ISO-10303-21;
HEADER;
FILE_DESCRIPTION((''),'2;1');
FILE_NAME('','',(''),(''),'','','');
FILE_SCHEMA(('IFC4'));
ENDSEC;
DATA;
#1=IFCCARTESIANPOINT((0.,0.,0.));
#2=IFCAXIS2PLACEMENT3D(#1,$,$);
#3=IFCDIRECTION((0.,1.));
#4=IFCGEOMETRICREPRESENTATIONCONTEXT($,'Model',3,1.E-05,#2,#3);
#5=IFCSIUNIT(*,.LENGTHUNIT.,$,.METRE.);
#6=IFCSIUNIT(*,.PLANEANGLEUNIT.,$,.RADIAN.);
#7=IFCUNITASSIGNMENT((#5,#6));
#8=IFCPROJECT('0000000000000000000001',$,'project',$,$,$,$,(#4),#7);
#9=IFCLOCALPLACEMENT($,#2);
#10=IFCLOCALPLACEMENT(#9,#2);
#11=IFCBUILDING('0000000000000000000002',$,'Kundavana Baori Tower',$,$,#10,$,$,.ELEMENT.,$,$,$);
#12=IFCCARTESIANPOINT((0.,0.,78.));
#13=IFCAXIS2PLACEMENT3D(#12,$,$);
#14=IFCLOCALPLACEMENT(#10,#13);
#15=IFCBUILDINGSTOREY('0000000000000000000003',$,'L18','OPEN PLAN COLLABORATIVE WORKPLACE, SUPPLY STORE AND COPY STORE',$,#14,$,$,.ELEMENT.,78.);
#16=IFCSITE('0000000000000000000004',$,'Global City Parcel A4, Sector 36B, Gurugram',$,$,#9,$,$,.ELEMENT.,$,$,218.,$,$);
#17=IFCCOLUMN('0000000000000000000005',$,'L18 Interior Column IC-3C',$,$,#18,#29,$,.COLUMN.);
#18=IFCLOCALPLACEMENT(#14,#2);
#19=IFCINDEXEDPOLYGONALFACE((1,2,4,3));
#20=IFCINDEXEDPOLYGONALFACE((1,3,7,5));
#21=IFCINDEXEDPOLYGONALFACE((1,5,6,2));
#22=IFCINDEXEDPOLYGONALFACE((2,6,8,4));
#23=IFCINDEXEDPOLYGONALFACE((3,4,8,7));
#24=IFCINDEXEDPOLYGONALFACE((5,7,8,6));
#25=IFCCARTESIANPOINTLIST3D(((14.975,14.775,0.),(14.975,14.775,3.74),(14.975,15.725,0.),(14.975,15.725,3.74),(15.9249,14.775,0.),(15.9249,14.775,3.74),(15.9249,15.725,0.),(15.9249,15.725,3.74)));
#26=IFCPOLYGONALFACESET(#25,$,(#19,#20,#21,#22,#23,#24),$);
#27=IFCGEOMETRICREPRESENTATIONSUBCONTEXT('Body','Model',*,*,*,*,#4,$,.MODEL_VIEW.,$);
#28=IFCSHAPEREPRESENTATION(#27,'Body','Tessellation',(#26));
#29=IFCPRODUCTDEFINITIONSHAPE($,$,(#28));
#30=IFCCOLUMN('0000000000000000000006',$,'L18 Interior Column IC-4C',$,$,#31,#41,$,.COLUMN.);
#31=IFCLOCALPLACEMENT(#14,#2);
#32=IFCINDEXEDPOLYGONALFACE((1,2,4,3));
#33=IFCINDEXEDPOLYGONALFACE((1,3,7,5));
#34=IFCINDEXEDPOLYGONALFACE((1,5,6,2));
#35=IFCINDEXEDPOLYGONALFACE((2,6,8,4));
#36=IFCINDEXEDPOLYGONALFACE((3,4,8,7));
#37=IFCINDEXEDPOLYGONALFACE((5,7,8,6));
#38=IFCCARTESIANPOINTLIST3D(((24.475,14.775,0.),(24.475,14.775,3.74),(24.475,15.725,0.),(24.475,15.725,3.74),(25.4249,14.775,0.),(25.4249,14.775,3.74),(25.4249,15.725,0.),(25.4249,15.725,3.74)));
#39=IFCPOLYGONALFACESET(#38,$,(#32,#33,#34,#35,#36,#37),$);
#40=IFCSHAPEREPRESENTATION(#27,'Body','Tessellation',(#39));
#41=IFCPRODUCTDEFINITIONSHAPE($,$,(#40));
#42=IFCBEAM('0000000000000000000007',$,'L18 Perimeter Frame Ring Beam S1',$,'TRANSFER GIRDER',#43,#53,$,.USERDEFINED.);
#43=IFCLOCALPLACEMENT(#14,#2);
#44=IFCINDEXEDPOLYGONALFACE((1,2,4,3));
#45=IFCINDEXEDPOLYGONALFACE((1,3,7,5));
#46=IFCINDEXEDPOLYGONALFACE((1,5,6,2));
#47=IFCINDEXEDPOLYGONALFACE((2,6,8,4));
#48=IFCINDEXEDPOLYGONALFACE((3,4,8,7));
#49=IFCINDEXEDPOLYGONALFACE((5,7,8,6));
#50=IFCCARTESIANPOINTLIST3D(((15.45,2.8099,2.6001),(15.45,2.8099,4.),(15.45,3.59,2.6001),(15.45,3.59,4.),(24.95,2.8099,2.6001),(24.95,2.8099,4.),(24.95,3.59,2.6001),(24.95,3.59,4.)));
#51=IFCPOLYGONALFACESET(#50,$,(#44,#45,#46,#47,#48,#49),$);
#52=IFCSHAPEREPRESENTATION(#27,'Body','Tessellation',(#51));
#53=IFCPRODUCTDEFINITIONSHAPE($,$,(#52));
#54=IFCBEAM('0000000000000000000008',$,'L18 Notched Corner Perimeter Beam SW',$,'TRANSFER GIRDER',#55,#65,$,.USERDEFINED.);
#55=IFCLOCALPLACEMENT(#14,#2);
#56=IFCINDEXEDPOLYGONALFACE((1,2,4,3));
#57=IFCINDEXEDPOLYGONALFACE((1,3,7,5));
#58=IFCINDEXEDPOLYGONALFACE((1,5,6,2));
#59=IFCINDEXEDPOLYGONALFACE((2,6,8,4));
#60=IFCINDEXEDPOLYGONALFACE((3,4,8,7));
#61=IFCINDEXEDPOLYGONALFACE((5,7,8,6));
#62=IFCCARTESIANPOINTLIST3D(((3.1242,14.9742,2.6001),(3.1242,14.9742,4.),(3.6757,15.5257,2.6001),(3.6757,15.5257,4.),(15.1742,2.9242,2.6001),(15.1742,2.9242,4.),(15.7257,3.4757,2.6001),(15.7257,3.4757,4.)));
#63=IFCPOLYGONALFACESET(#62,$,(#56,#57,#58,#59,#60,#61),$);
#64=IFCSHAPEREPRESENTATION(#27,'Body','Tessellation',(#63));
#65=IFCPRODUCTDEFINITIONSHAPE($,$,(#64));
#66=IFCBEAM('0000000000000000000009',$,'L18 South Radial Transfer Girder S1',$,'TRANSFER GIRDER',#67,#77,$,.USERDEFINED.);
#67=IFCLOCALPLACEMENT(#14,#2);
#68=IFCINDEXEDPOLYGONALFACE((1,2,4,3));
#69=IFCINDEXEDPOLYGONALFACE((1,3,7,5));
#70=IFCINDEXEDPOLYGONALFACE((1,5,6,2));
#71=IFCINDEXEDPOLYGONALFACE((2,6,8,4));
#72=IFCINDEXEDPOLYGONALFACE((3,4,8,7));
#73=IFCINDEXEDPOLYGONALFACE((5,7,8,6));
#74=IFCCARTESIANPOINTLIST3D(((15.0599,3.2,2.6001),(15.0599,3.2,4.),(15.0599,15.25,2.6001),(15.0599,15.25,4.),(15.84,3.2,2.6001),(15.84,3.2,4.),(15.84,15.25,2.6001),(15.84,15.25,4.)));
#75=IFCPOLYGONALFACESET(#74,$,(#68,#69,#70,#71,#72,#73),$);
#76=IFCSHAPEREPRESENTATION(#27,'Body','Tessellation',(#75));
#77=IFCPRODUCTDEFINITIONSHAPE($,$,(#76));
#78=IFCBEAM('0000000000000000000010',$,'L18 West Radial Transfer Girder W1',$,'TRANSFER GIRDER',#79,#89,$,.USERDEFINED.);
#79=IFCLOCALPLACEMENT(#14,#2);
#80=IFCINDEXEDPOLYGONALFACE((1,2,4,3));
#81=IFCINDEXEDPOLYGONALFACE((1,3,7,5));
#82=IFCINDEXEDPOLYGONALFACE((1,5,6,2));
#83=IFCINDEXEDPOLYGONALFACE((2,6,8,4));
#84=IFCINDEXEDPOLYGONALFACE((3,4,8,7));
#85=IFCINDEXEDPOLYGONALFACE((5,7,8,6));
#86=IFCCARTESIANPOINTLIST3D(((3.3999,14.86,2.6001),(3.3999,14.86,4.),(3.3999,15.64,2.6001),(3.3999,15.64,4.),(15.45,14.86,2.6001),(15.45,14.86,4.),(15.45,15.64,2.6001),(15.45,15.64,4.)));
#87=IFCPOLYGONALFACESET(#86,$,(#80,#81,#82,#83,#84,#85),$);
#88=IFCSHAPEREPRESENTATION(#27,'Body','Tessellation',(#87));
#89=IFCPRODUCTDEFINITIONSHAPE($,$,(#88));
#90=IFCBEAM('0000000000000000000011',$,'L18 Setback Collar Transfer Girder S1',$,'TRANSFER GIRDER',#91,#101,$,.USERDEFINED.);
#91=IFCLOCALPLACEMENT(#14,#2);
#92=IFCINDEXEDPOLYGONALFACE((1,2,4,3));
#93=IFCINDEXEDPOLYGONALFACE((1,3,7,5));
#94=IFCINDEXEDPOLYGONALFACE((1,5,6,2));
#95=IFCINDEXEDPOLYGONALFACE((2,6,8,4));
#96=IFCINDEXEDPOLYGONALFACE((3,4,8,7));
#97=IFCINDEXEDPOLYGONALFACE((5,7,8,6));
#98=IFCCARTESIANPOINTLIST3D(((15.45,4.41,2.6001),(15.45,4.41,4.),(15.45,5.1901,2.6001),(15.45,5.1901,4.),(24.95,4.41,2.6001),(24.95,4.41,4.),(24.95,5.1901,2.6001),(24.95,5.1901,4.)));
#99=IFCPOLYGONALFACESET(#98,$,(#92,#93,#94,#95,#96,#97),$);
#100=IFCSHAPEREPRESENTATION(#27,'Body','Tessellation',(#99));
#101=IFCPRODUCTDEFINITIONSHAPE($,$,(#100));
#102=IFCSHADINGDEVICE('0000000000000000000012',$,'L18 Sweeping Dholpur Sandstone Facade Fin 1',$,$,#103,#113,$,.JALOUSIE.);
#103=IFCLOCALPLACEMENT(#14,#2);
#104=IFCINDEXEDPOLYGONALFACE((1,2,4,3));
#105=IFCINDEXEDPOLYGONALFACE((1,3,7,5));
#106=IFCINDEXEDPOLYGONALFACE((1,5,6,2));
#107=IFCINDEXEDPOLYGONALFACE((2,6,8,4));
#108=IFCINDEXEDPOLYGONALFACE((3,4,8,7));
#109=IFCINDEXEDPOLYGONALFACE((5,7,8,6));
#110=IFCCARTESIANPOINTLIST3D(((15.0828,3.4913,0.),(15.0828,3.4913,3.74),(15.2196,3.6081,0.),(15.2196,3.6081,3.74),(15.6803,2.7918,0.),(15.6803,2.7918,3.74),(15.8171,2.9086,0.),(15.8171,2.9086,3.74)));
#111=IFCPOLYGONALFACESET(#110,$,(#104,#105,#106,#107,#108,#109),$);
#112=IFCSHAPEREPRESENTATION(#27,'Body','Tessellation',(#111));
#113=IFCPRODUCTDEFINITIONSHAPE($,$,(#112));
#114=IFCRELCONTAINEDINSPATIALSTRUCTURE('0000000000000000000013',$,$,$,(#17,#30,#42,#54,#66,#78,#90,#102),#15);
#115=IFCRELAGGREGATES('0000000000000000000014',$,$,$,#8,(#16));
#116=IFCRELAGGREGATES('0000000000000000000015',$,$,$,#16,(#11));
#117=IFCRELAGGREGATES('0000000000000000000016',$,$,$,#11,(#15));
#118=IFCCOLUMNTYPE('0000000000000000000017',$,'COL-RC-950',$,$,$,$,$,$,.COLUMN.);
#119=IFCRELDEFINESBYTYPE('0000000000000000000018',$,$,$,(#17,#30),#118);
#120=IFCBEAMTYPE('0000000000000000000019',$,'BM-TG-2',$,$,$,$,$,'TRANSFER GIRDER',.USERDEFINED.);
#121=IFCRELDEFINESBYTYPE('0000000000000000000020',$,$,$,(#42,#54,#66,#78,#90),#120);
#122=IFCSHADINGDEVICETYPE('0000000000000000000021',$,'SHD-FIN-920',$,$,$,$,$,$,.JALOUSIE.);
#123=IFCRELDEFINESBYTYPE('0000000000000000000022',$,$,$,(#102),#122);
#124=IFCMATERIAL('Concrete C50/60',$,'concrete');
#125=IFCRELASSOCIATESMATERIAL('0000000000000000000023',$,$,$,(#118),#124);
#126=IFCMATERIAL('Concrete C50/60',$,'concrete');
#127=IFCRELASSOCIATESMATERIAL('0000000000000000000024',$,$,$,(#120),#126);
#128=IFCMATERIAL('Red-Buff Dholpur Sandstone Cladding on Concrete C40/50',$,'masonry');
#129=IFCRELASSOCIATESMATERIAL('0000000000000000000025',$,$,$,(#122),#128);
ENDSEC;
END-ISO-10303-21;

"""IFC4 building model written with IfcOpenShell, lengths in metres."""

from ifc_helpers import new_model, si_unit, direction, frame, origin, origin_2d, place, context, subcontext, project, spatial, rectangle, extrude, material, material_profile, profile_set, type_object, element, save


model = new_model("IFC4")

# Units and contexts
model_context = context("Model", 3, precision=1e-05, world=origin(), true_north=direction((0.0, 1.0)))
body_context = subcontext(model_context, "Body", "Model", "MODEL_VIEW")
ifc_project = project(units=[si_unit("LENGTHUNIT", "METRE"), si_unit("PLANEANGLEUNIT", "RADIAN")], contexts=[model_context])

# Site, building, storey
site_placement = place(None, origin())
site = spatial("IfcSite", under=ifc_project, at=site_placement, Name="Global City Parcel A4, Sector 36B, Gurugram", CompositionType="ELEMENT", RefElevation=218.0)
building_placement = place(site_placement, origin())
building = spatial("IfcBuilding", under=site, at=building_placement, Name="Kundavana Baori Tower", CompositionType="ELEMENT")
storey_placement = place(building_placement, frame((0.0, 0.0, 78.0)))
storey = spatial("IfcBuildingStorey", under=building, at=storey_placement, Name="L18", Description="OPEN PLAN COLLABORATIVE WORKPLACE, SUPPLY STORE AND COPY STORE", CompositionType="ELEMENT", Elevation=78.0)

# Columns
ifc_material_1 = material(Name="Concrete C50/60", Category="concrete")
ifc_material_profile_1 = material_profile(ifc_material_1, rectangle(XDim=0.95, YDim=0.95, at=origin_2d()), Name="RC 950x950")
ifc_profile_set_1 = profile_set([ifc_material_profile_1], Name="Concrete C50/60")
column_type = type_object("IfcColumnType", Name="COL-RC-950", PredefinedType="COLUMN", material=ifc_profile_set_1)
for number, where, z_axis, x_axis, name in (
    (1, (15.45, 15.25, 0.0), (0.0, 0.0, 1.0), (1.0, 0.0, 0.0), "L18 Interior Column IC-3C"),
    (2, (24.95, 15.25, 0.0), (0.0, 0.0, 1.0), (1.0, 0.0, 0.0), "L18 Interior Column IC-4C"),
):
    element("IfcColumn", number, at=place(storey_placement, frame(where, z_axis=z_axis, x_axis=x_axis)), inside=storey, type_object=column_type, Name=name, PredefinedType="COLUMN", context=body_context, shape_type="SweptSolid", body=[
        extrude(rectangle(XDim=0.95, YDim=0.95, at=origin_2d()), origin(), (0.0, 0.0, 1.0), 3.74),
    ])

# Beams
ifc_material_2 = material(Name="Concrete C50/60", Category="concrete")
ifc_material_profile_2 = material_profile(ifc_material_2, rectangle(XDim=0.78, YDim=1.3999, at=origin_2d()), Name="BM-TG-2")
ifc_profile_set_2 = profile_set([ifc_material_profile_2], Name="Concrete C50/60")
beam_type = type_object("IfcBeamType", Name="BM-TG-2", ElementType="TRANSFER GIRDER", PredefinedType="USERDEFINED", material=ifc_profile_set_2)
beam_1_placement = place(storey_placement, frame((15.45, 3.2, 3.3), z_axis=(1.0, 0.0, 0.0), x_axis=(0.0, 1.0, 0.0)))
element("IfcBeam", 3, at=beam_1_placement, inside=storey, type_object=beam_type, Name="L18 Perimeter Frame Ring Beam S1", ObjectType="TRANSFER GIRDER", PredefinedType="USERDEFINED", context=body_context, shape_type="SweptSolid", body=[
    extrude(rectangle(XDim=0.78, YDim=1.3999, at=origin_2d()), origin(), (0.0, 0.0, 1.0), 9.5),
])
beam_2_placement = place(storey_placement, frame((15.45, 3.2, 3.3), z_axis=(-0.707107, 0.707107, 0.0), x_axis=(-0.707107, -0.707107, 0.0)))
element("IfcBeam", 4, at=beam_2_placement, inside=storey, type_object=beam_type, Name="L18 Notched Corner Perimeter Beam SW", ObjectType="TRANSFER GIRDER", PredefinedType="USERDEFINED", context=body_context, shape_type="SweptSolid", body=[
    extrude(rectangle(XDim=0.78, YDim=1.3999, at=origin_2d()), origin(), (0.0, 0.0, 1.0), 17.0413),
])
for number, where, z_axis, x_axis, name in (
    (5, (15.45, 15.25, 3.3), (0.0, -1.0, 0.0), (1.0, 0.0, 0.0), "L18 South Radial Transfer Girder S1"),
    (6, (15.45, 15.25, 3.3), (-1.0, 0.0, 0.0), (0.0, -1.0, 0.0), "L18 West Radial Transfer Girder W1"),
):
    element("IfcBeam", number, at=place(storey_placement, frame(where, z_axis=z_axis, x_axis=x_axis)), inside=storey, type_object=beam_type, Name=name, ObjectType="TRANSFER GIRDER", PredefinedType="USERDEFINED", context=body_context, shape_type="SweptSolid", body=[
        extrude(rectangle(XDim=0.78, YDim=1.3999, at=origin_2d()), origin(), (0.0, 0.0, 1.0), 12.05),
    ])
beam_3_placement = place(storey_placement, frame((15.45, 4.8, 3.3), z_axis=(1.0, 0.0, 0.0), x_axis=(0.0, 1.0, 0.0)))
element("IfcBeam", 7, at=beam_3_placement, inside=storey, type_object=beam_type, Name="L18 Setback Collar Transfer Girder S1", ObjectType="TRANSFER GIRDER", PredefinedType="USERDEFINED", context=body_context, shape_type="SweptSolid", body=[
    extrude(rectangle(XDim=0.78, YDim=1.3999, at=origin_2d()), origin(), (0.0, 0.0, 1.0), 9.5),
])

# Shading device
ifc_material_3 = material(Name="Red-Buff Dholpur Sandstone Cladding on Concrete C40/50", Category="masonry")
shading_device_type = type_object("IfcShadingDeviceType", Name="SHD-FIN-920", PredefinedType="JALOUSIE", material=ifc_material_3)
shading_device_placement = place(storey_placement, frame((15.45, 3.2, 0.0), z_axis=(0.0, 0.0, 1.0), x_axis=(0.760406, 0.649448, 0.0)))
element("IfcShadingDevice", 8, at=shading_device_placement, inside=storey, type_object=shading_device_type, Name="L18 Sweeping Dholpur Sandstone Facade Fin 1", PredefinedType="JALOUSIE", context=body_context, shape_type="SweptSolid", body=[
    extrude(rectangle(XDim=0.1799, YDim=0.9199, at=origin_2d()), origin(), (0.0, 0.0, 1.0), 3.74),
])

save(model, "model.ifc")
